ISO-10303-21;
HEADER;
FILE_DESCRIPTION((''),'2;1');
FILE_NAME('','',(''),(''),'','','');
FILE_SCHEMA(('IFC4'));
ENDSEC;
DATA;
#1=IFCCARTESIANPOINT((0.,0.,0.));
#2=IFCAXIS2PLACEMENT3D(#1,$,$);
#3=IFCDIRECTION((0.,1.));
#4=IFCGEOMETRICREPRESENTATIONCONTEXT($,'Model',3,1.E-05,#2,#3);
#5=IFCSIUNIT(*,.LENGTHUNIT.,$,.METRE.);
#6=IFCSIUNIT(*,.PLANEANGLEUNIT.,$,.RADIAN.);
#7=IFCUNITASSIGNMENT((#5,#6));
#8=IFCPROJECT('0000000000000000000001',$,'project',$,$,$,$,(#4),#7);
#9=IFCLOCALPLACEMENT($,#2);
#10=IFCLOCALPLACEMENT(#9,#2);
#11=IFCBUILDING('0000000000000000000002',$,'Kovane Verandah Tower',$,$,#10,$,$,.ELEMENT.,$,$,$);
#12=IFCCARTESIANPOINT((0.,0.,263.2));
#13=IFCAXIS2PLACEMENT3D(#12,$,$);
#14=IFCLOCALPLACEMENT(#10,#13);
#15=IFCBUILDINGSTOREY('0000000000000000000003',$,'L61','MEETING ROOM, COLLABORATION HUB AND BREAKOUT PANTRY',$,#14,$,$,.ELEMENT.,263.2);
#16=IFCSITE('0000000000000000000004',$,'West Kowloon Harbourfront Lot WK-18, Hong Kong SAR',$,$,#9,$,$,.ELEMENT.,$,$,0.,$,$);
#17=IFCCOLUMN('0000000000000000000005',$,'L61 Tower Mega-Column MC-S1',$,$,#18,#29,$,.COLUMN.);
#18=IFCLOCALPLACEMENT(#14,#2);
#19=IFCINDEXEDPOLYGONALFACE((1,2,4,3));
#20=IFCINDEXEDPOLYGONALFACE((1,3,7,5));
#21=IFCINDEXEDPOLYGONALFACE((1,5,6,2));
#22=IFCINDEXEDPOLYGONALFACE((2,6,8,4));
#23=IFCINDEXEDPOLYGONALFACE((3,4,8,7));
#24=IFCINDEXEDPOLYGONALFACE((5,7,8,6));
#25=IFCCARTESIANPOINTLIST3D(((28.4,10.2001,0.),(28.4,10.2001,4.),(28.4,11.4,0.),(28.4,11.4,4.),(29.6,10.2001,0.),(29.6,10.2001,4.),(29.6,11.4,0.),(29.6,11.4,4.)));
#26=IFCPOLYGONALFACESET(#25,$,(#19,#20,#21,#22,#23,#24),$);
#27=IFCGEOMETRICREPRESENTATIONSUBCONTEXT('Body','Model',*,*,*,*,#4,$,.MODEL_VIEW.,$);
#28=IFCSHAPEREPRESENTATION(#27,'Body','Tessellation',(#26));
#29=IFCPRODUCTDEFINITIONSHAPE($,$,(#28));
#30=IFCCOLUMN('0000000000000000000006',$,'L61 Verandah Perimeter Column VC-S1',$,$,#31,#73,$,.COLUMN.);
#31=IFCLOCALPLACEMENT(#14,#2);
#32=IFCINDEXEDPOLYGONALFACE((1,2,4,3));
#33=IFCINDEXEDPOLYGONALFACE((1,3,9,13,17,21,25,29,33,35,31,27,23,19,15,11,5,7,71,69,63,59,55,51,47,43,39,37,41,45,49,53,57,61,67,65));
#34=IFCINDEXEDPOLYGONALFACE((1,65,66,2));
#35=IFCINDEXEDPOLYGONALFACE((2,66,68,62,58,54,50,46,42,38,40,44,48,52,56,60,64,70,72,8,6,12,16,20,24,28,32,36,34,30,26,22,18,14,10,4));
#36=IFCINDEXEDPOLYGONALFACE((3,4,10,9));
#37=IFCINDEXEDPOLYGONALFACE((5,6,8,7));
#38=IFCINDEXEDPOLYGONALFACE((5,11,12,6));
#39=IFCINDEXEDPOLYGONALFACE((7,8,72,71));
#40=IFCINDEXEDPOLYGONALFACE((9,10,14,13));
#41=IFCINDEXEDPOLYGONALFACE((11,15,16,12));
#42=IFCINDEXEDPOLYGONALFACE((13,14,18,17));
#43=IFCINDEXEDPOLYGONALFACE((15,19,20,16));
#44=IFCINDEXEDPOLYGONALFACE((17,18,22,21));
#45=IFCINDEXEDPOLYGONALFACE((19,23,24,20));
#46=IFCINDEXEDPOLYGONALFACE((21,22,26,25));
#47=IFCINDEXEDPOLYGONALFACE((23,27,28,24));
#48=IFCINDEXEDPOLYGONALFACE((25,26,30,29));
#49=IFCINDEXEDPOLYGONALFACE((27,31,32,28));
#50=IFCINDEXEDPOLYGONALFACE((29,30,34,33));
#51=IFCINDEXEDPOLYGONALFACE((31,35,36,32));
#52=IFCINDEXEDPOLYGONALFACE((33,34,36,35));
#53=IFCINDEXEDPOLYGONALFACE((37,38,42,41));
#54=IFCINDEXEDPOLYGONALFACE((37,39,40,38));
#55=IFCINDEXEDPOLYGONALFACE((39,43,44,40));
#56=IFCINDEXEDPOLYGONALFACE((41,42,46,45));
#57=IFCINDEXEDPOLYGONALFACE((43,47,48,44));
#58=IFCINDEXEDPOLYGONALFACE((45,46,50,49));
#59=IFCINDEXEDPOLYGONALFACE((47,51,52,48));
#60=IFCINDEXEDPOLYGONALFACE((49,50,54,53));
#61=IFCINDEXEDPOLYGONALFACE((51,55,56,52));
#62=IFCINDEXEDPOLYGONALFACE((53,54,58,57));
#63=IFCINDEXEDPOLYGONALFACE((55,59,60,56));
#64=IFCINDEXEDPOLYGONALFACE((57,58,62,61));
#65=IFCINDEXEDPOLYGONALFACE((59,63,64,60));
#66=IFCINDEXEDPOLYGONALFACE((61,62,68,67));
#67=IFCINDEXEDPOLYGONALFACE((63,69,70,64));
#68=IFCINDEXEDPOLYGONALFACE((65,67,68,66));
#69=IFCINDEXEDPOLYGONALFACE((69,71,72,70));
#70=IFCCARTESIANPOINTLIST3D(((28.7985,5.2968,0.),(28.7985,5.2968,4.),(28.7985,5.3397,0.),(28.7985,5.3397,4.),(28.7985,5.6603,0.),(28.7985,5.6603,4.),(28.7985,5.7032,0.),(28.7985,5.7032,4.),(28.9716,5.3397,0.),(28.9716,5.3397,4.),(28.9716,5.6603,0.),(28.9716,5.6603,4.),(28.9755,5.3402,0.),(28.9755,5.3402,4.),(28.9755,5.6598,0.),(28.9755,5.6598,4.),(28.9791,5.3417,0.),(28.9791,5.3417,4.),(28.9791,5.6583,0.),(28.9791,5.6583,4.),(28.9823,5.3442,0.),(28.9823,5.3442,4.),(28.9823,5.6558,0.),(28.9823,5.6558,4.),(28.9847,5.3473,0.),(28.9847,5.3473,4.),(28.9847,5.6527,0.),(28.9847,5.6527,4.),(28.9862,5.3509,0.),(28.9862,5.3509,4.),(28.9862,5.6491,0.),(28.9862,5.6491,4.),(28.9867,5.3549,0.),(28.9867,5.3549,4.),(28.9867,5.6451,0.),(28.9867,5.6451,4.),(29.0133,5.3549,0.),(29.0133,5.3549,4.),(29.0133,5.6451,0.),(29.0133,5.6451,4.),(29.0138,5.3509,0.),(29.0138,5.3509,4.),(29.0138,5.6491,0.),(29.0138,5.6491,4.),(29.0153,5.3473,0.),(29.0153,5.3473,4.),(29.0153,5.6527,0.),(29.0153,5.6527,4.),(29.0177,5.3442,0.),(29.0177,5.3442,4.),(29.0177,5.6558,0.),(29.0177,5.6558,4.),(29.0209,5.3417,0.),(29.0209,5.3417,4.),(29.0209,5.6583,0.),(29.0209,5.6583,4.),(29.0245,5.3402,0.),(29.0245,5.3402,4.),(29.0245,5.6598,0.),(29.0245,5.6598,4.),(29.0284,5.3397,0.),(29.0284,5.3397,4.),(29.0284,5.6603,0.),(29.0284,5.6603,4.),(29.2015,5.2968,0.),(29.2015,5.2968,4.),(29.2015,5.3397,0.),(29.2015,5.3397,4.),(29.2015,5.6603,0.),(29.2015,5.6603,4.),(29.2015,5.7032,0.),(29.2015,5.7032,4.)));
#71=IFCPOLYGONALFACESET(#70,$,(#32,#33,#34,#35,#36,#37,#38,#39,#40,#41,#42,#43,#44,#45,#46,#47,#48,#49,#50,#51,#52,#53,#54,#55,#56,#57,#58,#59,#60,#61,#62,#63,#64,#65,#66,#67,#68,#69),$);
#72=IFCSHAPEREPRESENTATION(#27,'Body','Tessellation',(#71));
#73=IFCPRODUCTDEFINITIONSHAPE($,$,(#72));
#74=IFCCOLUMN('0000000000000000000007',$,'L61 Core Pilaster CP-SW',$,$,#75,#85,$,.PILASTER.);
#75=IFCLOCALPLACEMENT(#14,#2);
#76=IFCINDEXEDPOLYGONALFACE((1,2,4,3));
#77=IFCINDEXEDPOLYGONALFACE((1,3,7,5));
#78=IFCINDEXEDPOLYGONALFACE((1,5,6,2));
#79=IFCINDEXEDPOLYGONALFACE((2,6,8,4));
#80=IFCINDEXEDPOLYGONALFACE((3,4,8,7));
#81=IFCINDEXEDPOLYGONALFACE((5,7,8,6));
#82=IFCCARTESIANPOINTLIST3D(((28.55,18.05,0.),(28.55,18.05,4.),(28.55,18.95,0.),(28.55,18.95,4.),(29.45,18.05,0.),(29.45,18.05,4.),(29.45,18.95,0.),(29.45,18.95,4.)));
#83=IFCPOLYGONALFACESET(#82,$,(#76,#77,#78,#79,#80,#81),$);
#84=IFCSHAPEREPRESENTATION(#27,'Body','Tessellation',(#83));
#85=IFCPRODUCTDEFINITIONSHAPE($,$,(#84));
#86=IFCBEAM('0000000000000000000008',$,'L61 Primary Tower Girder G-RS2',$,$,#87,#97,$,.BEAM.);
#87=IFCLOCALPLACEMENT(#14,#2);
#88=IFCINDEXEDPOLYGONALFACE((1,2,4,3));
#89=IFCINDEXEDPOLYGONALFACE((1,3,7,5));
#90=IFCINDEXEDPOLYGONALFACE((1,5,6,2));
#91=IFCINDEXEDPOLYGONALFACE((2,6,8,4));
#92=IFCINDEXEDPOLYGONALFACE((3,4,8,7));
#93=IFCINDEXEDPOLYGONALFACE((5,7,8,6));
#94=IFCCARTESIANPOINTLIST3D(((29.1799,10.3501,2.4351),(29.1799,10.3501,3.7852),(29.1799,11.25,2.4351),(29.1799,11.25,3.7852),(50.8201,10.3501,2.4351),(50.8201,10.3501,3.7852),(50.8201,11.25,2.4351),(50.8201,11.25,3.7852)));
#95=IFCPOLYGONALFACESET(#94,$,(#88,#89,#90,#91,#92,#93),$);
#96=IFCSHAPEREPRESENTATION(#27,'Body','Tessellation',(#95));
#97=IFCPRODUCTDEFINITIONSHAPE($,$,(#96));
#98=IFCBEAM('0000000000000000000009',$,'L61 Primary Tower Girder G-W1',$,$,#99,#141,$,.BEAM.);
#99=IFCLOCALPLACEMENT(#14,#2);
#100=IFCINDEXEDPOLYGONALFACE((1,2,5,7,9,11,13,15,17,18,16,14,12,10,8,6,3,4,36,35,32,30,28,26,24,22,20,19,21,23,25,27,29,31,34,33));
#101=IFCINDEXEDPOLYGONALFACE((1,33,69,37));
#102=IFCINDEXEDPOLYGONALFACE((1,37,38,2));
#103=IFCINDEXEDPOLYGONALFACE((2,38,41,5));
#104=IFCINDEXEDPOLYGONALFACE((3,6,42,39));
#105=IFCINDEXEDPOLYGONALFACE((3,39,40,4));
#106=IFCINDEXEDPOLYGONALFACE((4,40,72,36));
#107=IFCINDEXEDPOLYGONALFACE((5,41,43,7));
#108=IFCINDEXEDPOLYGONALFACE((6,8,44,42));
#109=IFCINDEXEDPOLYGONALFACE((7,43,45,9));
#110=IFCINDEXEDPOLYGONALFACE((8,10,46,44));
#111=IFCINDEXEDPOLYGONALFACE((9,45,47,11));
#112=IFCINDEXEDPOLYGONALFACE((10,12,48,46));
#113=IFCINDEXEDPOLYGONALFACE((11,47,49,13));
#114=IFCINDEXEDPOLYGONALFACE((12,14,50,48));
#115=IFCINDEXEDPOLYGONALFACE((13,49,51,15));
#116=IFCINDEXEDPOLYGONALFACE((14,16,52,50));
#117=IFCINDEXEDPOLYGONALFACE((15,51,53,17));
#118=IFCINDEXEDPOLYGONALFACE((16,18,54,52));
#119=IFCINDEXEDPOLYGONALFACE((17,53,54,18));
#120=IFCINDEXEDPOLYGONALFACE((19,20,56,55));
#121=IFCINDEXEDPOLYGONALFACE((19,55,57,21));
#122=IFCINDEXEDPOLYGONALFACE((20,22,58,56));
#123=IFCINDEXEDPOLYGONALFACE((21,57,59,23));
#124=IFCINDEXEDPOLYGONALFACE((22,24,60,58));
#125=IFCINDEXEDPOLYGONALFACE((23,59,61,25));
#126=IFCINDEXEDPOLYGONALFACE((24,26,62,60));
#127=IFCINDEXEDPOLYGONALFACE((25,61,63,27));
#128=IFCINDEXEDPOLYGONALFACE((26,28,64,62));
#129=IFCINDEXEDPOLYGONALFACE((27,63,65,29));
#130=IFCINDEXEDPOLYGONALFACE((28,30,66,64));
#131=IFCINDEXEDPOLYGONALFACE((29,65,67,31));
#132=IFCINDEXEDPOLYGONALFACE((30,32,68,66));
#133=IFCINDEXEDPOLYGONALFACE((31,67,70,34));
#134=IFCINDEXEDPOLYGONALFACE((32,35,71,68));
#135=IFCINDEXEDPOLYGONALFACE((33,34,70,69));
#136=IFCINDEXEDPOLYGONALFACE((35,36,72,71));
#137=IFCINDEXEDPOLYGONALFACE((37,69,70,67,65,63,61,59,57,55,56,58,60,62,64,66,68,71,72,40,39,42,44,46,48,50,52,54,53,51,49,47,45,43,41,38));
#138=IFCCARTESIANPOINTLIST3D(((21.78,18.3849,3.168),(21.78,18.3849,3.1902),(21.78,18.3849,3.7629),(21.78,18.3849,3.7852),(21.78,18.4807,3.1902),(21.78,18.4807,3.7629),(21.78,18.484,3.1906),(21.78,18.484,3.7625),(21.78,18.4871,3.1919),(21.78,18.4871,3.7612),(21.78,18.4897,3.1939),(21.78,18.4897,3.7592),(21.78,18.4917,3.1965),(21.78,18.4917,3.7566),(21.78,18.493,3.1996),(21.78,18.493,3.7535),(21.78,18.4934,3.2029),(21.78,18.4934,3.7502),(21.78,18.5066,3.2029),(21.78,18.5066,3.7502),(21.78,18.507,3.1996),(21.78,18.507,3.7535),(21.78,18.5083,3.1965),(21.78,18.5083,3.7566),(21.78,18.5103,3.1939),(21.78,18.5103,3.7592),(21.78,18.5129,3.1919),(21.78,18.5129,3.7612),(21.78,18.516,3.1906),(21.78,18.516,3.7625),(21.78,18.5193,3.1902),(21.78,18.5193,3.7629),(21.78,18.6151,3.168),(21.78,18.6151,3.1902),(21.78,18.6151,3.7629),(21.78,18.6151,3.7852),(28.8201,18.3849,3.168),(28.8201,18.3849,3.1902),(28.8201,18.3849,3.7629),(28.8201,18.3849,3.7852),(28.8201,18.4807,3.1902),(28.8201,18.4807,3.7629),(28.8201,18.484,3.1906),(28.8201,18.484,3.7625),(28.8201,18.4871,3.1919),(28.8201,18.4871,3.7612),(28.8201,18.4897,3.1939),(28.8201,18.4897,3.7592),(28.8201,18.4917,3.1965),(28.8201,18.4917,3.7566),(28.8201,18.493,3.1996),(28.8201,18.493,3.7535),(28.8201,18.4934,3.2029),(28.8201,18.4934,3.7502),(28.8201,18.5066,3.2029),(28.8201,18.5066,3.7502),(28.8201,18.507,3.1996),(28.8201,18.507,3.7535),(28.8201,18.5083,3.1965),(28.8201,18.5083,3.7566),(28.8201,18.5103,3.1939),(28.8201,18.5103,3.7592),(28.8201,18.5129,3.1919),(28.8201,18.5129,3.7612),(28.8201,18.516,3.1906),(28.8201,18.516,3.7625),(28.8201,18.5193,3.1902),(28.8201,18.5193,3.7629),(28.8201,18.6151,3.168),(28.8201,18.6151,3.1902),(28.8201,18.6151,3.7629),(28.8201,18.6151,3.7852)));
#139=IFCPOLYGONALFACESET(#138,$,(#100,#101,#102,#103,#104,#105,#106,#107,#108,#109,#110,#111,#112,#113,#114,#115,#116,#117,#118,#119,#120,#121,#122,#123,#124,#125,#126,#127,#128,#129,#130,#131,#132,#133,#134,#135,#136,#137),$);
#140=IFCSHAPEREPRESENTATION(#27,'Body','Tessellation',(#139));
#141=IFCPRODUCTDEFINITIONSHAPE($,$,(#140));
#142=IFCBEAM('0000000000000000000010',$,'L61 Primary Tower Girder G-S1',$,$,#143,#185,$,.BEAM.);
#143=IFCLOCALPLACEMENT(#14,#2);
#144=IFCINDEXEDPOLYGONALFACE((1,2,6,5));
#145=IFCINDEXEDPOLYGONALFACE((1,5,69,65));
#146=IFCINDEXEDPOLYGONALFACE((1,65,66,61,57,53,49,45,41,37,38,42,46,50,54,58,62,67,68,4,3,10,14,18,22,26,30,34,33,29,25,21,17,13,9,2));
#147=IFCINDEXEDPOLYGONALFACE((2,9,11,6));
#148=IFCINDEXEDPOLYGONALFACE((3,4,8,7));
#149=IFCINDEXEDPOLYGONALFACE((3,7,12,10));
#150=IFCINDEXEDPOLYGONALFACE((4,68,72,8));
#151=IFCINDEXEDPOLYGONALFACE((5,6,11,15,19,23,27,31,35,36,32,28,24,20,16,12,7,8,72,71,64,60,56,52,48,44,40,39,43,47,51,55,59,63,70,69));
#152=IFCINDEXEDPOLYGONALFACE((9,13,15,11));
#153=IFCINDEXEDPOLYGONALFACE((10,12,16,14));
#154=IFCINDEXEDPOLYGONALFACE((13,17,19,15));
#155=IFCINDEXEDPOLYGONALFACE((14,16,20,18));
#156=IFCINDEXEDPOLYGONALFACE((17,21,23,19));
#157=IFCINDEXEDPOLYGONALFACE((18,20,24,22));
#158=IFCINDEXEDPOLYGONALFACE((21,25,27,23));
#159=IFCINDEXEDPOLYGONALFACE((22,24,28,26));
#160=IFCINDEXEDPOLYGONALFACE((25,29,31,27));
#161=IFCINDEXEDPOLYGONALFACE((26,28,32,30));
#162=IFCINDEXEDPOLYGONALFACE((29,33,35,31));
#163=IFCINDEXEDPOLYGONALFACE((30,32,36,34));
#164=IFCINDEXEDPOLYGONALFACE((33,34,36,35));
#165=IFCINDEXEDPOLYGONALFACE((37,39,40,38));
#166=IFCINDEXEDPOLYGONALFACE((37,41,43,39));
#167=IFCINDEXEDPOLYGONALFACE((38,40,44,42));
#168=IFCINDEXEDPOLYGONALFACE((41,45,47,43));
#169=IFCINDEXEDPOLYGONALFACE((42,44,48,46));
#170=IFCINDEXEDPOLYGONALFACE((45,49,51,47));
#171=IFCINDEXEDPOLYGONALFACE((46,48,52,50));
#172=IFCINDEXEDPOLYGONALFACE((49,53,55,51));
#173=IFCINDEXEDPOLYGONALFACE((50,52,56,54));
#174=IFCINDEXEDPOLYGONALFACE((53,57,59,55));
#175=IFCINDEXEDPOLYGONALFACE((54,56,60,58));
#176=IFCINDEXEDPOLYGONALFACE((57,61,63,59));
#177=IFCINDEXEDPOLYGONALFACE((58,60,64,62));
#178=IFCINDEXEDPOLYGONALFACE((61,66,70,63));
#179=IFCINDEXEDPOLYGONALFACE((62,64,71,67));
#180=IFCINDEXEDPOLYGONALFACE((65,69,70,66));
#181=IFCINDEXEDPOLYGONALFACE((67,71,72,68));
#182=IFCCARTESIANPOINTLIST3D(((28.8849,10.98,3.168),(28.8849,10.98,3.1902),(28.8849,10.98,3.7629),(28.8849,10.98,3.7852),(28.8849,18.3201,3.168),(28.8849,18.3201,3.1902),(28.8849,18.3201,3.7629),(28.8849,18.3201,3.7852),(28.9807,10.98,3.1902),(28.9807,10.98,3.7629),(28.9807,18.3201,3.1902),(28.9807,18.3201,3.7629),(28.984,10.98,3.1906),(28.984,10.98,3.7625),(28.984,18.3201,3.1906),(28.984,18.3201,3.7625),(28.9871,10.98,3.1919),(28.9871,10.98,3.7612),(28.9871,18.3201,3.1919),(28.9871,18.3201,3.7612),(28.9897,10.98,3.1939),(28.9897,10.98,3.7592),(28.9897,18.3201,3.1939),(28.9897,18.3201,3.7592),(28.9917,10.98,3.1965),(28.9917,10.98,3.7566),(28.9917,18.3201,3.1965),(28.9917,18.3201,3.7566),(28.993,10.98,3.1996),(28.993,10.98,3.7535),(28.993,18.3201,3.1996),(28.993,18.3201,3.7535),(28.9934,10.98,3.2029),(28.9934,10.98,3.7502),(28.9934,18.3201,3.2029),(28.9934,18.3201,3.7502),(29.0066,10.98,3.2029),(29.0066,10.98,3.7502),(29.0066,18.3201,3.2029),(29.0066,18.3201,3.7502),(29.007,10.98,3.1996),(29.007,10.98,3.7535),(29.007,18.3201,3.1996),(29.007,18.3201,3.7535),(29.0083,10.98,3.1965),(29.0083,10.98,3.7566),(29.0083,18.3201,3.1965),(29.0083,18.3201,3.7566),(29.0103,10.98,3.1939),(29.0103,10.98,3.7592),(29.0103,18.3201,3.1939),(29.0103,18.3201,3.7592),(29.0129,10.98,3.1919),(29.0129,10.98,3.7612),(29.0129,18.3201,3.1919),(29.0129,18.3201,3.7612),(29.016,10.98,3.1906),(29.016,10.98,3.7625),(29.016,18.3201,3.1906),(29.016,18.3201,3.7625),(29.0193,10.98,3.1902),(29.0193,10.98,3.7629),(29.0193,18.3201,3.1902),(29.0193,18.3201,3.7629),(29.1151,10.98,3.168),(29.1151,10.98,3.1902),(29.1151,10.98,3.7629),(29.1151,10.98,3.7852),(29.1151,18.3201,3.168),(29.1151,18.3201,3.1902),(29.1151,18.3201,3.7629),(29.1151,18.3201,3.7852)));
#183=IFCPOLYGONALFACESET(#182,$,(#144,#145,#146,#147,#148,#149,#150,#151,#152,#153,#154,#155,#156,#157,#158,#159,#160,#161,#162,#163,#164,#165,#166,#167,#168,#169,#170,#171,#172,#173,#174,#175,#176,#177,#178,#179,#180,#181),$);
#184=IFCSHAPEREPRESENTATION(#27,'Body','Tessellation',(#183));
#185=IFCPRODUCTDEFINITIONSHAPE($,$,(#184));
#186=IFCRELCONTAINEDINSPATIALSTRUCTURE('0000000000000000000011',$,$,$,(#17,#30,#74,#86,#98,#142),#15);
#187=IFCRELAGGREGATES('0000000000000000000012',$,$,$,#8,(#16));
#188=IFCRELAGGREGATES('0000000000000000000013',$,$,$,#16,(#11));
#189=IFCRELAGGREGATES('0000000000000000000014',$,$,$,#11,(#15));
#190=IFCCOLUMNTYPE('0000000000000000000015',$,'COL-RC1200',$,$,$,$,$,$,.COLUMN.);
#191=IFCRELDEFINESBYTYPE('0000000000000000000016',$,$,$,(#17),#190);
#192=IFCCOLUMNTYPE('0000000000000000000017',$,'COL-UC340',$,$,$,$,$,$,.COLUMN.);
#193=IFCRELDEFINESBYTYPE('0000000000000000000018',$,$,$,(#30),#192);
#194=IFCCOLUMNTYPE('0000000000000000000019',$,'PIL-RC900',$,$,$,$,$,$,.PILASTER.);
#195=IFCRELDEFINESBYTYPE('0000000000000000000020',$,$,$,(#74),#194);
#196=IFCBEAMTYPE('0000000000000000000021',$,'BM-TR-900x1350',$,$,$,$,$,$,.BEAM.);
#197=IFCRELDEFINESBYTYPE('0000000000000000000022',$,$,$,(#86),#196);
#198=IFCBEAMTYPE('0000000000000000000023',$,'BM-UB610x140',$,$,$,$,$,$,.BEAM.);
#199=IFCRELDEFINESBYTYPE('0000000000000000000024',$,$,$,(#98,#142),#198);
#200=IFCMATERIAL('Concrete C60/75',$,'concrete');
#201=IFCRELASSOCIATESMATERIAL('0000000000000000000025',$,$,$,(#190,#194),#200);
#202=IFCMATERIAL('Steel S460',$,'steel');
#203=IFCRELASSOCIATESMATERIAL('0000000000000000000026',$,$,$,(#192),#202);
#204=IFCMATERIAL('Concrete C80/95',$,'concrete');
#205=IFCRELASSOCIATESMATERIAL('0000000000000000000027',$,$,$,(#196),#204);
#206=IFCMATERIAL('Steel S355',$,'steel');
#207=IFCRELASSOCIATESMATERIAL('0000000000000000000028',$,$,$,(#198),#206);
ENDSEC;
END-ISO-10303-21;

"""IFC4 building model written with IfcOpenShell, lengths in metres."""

from ifc_helpers import new_model, si_unit, direction, frame, origin, origin_2d, place, context, subcontext, project, spatial, rectangle, i_section, extrude, material, material_profile, profile_set, type_object, element, save


model = new_model("IFC4")

# Units and contexts
model_context = context("Model", 3, precision=1e-05, world=origin(), true_north=direction((0.0, 1.0)))
body_context = subcontext(model_context, "Body", "Model", "MODEL_VIEW")
ifc_project = project(units=[si_unit("LENGTHUNIT", "METRE"), si_unit("PLANEANGLEUNIT", "RADIAN")], contexts=[model_context])

# Site, building, storey
site_placement = place(None, origin())
site = spatial("IfcSite", under=ifc_project, at=site_placement, Name="West Kowloon Harbourfront Lot WK-18, Hong Kong SAR", CompositionType="ELEMENT", RefElevation=0.0)
building_placement = place(site_placement, origin())
building = spatial("IfcBuilding", under=site, at=building_placement, Name="Kovane Verandah Tower", CompositionType="ELEMENT")
storey_placement = place(building_placement, frame((0.0, 0.0, 263.2)))
storey = spatial("IfcBuildingStorey", under=building, at=storey_placement, Name="L61", Description="MEETING ROOM, COLLABORATION HUB AND BREAKOUT PANTRY", CompositionType="ELEMENT", Elevation=263.2)

# Columns
ifc_material_1 = material(Name="Concrete C60/75", Category="concrete")
ifc_material_profile_1 = material_profile(ifc_material_1, rectangle(XDim=1.2, YDim=1.2, at=origin_2d()), Name="RC1200x1200")
ifc_profile_set_1 = profile_set([ifc_material_profile_1], Name="Concrete C60/75")
column_type_1 = type_object("IfcColumnType", Name="COL-RC1200", PredefinedType="COLUMN", material=ifc_profile_set_1)
column_1_placement = place(storey_placement, frame((29.0, 10.8, 0.0), z_axis=(0.0, 0.0, 1.0), x_axis=(1.0, 0.0, 0.0)))
element("IfcColumn", 1, at=column_1_placement, inside=storey, type_object=column_type_1, Name="L61 Tower Mega-Column MC-S1", PredefinedType="COLUMN", context=body_context, shape_type="SweptSolid", body=[
    extrude(rectangle(XDim=1.2, YDim=1.2, at=origin_2d()), origin(), (0.0, 0.0, 1.0), 4.0),
])
ifc_material_2 = material(Name="Steel S460", Category="steel")
ifc_material_profile_2 = material_profile(ifc_material_2, i_section(OverallWidth=0.4031, OverallDepth=0.4065, WebThickness=0.0266, FlangeThickness=0.043, FilletRadius=0.0151, at=origin_2d()), Name="UC356x406x340")
ifc_profile_set_2 = profile_set([ifc_material_profile_2], Name="Steel S460")
column_type_2 = type_object("IfcColumnType", Name="COL-UC340", PredefinedType="COLUMN", material=ifc_profile_set_2)
column_2_placement = place(storey_placement, frame((29.0, 5.5, 0.0), z_axis=(0.0, 0.0, 1.0), x_axis=(1.0, 0.0, 0.0)))
element("IfcColumn", 2, at=column_2_placement, inside=storey, type_object=column_type_2, Name="L61 Verandah Perimeter Column VC-S1", PredefinedType="COLUMN", context=body_context, shape_type="SweptSolid", body=[
    extrude(i_section(OverallWidth=0.4031, OverallDepth=0.4065, WebThickness=0.0266, FlangeThickness=0.043, FilletRadius=0.0151, at=origin_2d()), origin(), (0.0, 0.0, 1.0), 4.0),
])
ifc_material_profile_3 = material_profile(ifc_material_1, rectangle(XDim=0.8999, YDim=0.8999, at=origin_2d()), Name="RC900x900")
ifc_profile_set_3 = profile_set([ifc_material_profile_3], Name="Concrete C60/75")
column_type_3 = type_object("IfcColumnType", Name="PIL-RC900", PredefinedType="PILASTER", material=ifc_profile_set_3)
column_3_placement = place(storey_placement, frame((29.0, 18.5, 0.0), z_axis=(0.0, 0.0, 1.0), x_axis=(1.0, 0.0, 0.0)))
element("IfcColumn", 3, at=column_3_placement, inside=storey, type_object=column_type_3, Name="L61 Core Pilaster CP-SW", PredefinedType="PILASTER", context=body_context, shape_type="SweptSolid", body=[
    extrude(rectangle(XDim=0.8999, YDim=0.8999, at=origin_2d()), origin(), (0.0, 0.0, 1.0), 4.0),
])

# Beams
ifc_material_3 = material(Name="Concrete C80/95", Category="concrete")
ifc_material_profile_4 = material_profile(ifc_material_3, rectangle(XDim=0.8999, YDim=1.3501, at=origin_2d()), Name="RCB900x1350")
ifc_profile_set_4 = profile_set([ifc_material_profile_4], Name="Concrete C80/95")
beam_type_1 = type_object("IfcBeamType", Name="BM-TR-900x1350", PredefinedType="BEAM", material=ifc_profile_set_4)
beam_1_placement = place(storey_placement, frame((29.1799, 10.8, 3.1101), z_axis=(1.0, 0.0, 0.0), x_axis=(0.0, 1.0, 0.0)))
element("IfcBeam", 4, at=beam_1_placement, inside=storey, type_object=beam_type_1, Name="L61 Primary Tower Girder G-RS2", PredefinedType="BEAM", context=body_context, shape_type="SweptSolid", body=[
    extrude(rectangle(XDim=0.8999, YDim=1.3501, at=origin_2d()), origin(), (0.0, 0.0, 1.0), 21.6401),
])
ifc_material_4 = material(Name="Steel S355", Category="steel")
ifc_material_profile_5 = material_profile(ifc_material_4, i_section(OverallWidth=0.2302, OverallDepth=0.6172, WebThickness=0.0132, FlangeThickness=0.0222, FilletRadius=0.0127, at=origin_2d()), Name="UB610x229x140")
ifc_profile_set_5 = profile_set([ifc_material_profile_5], Name="Steel S355")
beam_type_2 = type_object("IfcBeamType", Name="BM-UB610x140", PredefinedType="BEAM", material=ifc_profile_set_5)
beam_2_placement = place(storey_placement, frame((28.8201, 18.5, 3.4766), z_axis=(-1.0, 0.0, 0.0), x_axis=(0.0, -1.0, 0.0)))
element("IfcBeam", 5, at=beam_2_placement, inside=storey, type_object=beam_type_2, Name="L61 Primary Tower Girder G-W1", PredefinedType="BEAM", context=body_context, shape_type="SweptSolid", body=[
    extrude(i_section(OverallWidth=0.2302, OverallDepth=0.6172, WebThickness=0.0132, FlangeThickness=0.0222, FilletRadius=0.0127, at=origin_2d()), origin(), (0.0, 0.0, 1.0), 7.04),
])
beam_3_placement = place(storey_placement, frame((29.0, 18.3201, 3.4766), z_axis=(0.0, -1.0, 0.0), x_axis=(1.0, 0.0, 0.0)))
element("IfcBeam", 6, at=beam_3_placement, inside=storey, type_object=beam_type_2, Name="L61 Primary Tower Girder G-S1", PredefinedType="BEAM", context=body_context, shape_type="SweptSolid", body=[
    extrude(i_section(OverallWidth=0.2302, OverallDepth=0.6172, WebThickness=0.0132, FlangeThickness=0.0222, FilletRadius=0.0127, at=origin_2d()), origin(), (0.0, 0.0, 1.0), 7.3401),
])

save(model, "model.ifc")
